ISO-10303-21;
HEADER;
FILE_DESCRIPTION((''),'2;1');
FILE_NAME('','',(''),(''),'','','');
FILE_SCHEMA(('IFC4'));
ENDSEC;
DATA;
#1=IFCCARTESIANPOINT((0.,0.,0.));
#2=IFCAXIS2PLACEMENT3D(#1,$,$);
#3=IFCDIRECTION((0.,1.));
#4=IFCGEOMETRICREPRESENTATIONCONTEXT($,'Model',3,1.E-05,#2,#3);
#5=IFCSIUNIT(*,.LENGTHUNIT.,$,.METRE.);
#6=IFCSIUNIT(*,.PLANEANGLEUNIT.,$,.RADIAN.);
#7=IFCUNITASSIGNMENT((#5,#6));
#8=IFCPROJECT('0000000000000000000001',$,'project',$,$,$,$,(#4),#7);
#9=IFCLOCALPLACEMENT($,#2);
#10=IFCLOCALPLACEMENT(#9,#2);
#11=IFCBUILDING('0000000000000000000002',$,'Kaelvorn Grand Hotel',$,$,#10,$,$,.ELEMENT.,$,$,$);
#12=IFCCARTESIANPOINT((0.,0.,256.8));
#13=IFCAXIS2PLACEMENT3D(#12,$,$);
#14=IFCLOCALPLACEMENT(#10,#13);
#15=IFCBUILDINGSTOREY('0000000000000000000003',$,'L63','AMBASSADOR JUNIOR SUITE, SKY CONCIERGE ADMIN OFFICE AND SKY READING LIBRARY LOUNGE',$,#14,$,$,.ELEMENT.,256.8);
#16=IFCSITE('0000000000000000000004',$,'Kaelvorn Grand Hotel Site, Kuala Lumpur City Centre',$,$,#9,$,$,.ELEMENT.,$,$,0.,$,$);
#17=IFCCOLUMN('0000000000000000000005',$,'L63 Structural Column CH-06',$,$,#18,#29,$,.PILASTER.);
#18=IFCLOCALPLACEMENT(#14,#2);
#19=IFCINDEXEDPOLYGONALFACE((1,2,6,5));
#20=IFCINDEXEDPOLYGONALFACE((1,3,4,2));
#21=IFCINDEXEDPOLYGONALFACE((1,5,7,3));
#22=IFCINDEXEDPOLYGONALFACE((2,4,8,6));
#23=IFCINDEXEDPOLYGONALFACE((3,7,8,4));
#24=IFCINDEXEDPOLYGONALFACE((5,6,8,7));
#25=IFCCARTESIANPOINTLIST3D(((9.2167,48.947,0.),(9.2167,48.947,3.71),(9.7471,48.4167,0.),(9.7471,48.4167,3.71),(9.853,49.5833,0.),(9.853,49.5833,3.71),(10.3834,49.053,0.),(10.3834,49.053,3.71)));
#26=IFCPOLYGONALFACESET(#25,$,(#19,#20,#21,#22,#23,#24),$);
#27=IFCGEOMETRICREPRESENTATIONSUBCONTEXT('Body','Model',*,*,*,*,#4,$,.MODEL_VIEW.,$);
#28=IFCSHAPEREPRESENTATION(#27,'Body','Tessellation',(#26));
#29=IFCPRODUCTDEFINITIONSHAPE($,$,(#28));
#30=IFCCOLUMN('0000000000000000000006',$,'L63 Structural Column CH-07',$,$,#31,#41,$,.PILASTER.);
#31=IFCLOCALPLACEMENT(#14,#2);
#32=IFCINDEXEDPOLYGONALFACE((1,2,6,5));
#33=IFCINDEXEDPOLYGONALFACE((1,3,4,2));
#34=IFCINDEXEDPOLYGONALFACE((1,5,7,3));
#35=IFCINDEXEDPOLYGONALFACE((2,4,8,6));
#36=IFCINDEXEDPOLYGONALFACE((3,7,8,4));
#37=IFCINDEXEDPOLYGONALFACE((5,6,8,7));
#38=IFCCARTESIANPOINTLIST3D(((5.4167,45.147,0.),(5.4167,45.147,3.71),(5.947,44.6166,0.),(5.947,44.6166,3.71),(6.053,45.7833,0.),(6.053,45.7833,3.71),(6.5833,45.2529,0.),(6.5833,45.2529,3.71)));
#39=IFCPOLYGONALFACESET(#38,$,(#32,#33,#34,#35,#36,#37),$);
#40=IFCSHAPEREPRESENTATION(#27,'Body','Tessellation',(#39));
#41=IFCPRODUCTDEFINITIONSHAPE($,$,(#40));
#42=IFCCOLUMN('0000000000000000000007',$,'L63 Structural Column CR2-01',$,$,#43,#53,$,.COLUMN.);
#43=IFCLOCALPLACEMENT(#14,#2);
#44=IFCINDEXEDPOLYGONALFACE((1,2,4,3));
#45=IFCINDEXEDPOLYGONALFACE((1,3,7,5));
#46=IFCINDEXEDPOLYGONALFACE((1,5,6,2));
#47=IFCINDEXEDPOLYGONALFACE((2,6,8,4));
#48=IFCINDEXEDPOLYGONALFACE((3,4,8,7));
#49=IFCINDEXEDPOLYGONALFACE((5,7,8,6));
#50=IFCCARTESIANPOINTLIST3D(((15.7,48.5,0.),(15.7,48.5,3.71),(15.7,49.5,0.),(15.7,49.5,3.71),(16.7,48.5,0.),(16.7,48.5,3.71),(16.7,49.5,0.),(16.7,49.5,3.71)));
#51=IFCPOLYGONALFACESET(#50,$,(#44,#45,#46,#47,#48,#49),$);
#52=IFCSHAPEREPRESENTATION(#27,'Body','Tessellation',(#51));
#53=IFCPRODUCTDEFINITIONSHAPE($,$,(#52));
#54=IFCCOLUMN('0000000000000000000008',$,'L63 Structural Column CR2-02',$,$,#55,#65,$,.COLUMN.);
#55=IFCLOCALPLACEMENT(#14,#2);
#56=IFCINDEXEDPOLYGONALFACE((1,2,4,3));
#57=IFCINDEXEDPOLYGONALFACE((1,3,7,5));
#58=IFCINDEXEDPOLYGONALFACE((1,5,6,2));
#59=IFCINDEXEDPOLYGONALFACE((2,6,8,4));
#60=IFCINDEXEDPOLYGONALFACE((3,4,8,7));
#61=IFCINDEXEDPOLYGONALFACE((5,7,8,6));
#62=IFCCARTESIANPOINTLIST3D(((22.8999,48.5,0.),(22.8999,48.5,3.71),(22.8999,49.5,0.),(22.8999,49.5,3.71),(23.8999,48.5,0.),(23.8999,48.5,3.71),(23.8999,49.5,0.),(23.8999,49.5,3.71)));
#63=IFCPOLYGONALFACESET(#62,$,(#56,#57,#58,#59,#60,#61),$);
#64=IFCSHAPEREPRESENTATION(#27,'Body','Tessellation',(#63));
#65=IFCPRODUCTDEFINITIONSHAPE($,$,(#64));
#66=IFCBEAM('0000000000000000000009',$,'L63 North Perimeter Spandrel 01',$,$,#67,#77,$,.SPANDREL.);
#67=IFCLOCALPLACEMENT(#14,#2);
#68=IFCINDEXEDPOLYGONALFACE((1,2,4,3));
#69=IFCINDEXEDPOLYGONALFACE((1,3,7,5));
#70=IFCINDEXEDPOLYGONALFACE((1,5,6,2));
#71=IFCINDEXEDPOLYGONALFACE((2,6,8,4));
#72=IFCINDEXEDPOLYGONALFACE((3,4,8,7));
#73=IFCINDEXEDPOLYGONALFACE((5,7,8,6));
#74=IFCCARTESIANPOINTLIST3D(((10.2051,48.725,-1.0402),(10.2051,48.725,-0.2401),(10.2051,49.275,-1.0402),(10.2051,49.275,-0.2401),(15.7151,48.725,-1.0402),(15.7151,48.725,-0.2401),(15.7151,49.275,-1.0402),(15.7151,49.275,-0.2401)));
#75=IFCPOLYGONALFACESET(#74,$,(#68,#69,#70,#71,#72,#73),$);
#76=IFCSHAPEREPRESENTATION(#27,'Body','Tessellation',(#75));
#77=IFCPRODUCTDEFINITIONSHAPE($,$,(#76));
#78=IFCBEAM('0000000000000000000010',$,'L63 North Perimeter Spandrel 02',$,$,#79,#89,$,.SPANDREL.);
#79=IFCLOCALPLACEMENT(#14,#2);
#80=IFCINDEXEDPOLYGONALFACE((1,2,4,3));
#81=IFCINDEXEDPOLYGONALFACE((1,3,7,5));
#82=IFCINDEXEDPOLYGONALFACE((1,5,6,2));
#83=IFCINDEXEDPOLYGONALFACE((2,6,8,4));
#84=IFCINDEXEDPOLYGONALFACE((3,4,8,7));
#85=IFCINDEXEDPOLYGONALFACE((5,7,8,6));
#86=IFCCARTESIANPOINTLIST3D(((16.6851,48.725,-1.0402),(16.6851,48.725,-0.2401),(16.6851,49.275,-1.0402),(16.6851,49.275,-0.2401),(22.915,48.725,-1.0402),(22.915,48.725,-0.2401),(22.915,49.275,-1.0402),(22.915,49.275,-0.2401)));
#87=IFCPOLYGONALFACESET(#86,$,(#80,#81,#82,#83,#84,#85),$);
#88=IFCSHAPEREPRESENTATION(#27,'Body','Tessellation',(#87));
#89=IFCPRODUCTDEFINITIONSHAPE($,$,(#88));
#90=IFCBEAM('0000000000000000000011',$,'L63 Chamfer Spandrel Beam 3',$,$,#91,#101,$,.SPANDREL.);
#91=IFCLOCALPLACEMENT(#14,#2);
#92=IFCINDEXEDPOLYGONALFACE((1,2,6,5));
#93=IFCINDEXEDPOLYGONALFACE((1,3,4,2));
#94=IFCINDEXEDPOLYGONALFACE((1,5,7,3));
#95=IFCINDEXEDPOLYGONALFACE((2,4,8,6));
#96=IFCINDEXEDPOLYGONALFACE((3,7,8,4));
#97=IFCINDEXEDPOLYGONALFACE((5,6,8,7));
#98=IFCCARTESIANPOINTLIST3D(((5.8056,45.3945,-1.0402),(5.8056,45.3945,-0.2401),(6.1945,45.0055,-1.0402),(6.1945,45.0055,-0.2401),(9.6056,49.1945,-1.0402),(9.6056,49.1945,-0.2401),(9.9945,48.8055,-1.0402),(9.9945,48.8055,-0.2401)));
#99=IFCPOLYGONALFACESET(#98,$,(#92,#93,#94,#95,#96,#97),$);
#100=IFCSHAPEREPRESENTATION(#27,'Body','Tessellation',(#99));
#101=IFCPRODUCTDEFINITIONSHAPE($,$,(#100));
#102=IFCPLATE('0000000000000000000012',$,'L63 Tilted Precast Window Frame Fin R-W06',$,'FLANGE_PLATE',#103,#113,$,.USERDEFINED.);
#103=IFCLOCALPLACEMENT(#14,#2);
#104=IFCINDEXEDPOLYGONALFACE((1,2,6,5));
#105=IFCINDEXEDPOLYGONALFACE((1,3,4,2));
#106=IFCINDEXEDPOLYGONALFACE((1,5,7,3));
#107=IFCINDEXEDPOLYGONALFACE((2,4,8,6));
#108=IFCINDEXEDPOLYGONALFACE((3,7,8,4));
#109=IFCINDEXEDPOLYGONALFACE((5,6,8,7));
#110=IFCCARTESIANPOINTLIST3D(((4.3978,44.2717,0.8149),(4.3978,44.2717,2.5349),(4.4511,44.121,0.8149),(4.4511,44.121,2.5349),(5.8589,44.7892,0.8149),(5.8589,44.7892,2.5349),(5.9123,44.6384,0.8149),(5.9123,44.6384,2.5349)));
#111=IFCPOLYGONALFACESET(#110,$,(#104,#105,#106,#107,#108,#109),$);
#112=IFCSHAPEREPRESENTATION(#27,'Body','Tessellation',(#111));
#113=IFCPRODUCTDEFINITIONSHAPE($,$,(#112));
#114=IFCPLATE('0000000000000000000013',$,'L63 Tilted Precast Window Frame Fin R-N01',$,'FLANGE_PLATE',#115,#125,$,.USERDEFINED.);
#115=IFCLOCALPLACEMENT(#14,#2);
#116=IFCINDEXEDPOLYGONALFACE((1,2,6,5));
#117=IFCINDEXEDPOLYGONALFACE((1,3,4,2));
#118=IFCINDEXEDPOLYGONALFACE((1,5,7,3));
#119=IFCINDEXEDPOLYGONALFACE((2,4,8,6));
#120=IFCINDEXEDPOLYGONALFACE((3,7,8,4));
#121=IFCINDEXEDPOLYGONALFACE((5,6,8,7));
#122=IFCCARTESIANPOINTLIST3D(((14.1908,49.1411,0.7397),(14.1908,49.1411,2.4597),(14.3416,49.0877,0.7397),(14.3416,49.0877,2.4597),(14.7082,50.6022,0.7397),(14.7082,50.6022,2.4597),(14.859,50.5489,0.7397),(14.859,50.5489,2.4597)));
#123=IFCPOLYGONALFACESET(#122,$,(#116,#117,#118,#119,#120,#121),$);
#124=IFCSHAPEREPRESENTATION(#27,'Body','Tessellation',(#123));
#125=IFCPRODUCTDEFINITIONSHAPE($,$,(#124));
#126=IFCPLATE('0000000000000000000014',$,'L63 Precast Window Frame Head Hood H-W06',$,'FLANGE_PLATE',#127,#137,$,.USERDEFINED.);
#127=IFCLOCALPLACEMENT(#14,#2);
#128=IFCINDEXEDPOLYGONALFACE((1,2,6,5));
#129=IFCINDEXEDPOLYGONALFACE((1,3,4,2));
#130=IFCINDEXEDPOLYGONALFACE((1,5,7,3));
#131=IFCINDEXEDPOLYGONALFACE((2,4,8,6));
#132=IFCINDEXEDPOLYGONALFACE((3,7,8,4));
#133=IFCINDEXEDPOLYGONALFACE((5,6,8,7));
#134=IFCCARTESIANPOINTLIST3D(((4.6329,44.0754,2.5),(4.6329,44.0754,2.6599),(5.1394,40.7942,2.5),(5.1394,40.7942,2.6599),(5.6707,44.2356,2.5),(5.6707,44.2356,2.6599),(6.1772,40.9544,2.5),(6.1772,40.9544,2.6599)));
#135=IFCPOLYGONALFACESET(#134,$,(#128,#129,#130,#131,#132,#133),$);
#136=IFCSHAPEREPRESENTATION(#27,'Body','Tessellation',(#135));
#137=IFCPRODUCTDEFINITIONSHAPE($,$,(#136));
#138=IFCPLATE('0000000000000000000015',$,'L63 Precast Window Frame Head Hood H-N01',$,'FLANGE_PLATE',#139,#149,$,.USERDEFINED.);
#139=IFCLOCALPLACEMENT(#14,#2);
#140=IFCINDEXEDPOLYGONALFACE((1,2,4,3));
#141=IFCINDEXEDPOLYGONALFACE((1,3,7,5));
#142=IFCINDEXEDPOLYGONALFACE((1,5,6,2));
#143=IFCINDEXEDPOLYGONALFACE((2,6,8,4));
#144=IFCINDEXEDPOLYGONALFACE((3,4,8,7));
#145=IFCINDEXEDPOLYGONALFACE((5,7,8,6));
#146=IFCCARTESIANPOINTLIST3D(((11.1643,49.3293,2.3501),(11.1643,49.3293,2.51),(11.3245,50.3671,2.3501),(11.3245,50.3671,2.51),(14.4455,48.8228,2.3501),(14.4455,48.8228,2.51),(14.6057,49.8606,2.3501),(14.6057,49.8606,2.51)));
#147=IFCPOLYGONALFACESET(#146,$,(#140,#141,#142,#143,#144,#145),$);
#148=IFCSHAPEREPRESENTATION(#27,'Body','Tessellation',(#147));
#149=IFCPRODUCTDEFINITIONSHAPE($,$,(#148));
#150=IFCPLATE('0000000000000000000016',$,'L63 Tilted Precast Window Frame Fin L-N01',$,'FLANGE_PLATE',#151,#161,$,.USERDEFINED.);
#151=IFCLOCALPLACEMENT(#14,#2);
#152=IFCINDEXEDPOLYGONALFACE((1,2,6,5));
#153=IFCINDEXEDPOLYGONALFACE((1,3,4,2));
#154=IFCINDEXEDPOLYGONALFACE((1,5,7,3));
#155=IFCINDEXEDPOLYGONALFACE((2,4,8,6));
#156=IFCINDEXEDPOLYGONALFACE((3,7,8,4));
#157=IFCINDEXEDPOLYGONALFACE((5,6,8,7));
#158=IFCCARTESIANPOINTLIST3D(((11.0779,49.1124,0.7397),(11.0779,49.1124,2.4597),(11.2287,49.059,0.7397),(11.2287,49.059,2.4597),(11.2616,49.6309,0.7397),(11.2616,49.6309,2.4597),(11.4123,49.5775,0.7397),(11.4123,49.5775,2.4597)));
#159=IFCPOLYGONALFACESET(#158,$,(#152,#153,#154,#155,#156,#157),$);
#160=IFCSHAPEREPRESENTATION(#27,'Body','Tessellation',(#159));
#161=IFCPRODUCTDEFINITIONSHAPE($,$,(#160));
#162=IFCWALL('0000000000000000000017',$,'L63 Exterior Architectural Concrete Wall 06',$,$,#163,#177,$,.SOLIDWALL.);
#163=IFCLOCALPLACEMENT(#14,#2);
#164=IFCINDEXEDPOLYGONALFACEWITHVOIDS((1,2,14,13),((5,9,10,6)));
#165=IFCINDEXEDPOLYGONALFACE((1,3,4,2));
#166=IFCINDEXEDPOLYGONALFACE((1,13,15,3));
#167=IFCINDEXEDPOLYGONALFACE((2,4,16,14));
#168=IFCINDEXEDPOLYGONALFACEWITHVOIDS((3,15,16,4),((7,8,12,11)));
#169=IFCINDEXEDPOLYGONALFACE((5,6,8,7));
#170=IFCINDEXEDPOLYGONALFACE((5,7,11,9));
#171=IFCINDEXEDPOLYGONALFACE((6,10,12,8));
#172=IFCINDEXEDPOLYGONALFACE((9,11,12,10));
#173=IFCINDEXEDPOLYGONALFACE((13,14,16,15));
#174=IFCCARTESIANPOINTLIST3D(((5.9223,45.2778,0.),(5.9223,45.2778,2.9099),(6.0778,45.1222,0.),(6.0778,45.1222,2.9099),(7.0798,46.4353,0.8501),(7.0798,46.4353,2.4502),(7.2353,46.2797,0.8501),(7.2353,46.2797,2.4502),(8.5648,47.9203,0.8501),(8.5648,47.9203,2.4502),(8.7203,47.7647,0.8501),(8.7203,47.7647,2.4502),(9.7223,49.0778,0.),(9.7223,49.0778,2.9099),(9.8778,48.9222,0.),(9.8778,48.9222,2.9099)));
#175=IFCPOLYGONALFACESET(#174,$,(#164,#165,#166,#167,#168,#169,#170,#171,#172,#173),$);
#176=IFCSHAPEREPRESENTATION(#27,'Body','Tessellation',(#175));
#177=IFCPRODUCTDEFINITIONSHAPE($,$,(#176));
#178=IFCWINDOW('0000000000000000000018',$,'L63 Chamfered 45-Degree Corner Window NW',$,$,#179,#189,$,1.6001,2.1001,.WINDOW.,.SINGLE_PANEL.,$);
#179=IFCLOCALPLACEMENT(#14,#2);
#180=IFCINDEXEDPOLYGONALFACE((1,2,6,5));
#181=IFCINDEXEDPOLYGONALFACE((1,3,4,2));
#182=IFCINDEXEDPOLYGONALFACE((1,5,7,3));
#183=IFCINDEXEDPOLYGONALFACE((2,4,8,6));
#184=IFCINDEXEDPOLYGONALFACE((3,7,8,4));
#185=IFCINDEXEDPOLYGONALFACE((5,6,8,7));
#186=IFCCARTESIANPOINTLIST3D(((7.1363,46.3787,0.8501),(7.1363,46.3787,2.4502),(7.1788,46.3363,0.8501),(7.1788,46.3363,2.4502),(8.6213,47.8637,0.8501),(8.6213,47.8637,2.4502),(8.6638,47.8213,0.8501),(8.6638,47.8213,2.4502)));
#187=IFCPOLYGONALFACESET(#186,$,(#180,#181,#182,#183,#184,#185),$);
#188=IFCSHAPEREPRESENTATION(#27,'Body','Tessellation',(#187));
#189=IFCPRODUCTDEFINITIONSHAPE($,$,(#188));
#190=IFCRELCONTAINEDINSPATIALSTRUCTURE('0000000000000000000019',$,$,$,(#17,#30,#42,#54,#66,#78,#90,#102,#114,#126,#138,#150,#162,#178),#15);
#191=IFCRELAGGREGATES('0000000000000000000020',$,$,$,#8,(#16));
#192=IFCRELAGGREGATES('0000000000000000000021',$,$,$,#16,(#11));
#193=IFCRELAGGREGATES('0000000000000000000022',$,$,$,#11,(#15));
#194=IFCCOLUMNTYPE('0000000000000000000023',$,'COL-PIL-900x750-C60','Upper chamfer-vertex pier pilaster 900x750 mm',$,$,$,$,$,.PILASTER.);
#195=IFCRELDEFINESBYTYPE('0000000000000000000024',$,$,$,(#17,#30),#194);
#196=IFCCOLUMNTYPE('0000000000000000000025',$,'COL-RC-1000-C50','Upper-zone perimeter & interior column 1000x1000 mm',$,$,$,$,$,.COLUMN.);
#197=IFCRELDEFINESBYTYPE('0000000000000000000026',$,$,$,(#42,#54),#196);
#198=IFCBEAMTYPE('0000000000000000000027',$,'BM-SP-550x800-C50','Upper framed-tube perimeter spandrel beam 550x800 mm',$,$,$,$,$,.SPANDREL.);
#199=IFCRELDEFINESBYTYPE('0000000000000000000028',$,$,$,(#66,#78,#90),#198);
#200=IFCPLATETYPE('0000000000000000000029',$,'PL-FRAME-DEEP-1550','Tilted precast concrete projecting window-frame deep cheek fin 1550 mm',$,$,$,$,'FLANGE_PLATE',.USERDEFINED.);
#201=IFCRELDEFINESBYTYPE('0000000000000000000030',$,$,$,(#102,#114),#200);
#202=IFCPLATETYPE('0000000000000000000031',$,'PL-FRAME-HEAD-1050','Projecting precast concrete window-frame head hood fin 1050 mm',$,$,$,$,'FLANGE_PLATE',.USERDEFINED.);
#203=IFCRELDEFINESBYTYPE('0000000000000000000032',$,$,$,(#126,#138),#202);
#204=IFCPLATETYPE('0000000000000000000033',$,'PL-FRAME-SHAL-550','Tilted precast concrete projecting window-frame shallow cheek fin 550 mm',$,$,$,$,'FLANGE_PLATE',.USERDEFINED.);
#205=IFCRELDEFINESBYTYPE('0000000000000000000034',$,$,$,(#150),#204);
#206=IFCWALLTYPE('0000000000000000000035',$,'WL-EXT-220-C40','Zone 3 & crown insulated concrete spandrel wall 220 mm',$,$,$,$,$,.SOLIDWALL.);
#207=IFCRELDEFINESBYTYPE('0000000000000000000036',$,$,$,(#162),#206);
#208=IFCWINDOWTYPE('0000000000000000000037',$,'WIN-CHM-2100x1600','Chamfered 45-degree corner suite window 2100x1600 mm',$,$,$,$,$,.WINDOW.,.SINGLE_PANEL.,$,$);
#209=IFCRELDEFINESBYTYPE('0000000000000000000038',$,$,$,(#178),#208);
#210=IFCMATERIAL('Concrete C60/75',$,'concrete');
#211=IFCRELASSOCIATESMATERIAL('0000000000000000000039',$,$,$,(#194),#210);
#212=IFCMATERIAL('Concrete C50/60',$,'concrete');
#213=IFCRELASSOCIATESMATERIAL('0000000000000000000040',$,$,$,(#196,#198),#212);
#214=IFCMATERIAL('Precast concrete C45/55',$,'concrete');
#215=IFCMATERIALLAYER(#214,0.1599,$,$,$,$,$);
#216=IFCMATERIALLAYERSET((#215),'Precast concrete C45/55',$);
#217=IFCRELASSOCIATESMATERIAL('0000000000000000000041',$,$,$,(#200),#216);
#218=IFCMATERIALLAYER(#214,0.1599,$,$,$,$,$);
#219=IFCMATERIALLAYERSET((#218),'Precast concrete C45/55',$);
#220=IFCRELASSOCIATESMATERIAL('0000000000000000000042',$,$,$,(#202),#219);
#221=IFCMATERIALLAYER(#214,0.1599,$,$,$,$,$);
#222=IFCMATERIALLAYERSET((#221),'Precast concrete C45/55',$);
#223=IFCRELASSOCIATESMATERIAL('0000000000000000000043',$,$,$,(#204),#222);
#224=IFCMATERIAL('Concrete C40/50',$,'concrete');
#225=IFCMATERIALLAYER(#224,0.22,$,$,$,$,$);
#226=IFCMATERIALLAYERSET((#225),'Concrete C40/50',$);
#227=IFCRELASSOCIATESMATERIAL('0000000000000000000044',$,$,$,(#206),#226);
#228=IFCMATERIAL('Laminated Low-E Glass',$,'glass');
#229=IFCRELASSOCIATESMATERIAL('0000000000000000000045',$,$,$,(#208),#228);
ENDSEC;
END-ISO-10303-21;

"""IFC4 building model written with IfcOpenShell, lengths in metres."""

from ifc_helpers import new_model, si_unit, direction, frame, frame_2d, origin, origin_2d, place, context, subcontext, project, spatial, rectangle, extrude, material, layer, layer_set, material_profile, profile_set, type_object, element, fill, save


model = new_model("IFC4")

# Units and contexts
model_context = context("Model", 3, precision=1e-05, world=origin(), true_north=direction((0.0, 1.0)))
body_context = subcontext(model_context, "Body", "Model", "MODEL_VIEW")
ifc_project = project(units=[si_unit("LENGTHUNIT", "METRE"), si_unit("PLANEANGLEUNIT", "RADIAN")], contexts=[model_context])

# Site, building, storey
site_placement = place(None, origin())
site = spatial("IfcSite", under=ifc_project, at=site_placement, Name="Kaelvorn Grand Hotel Site, Kuala Lumpur City Centre", CompositionType="ELEMENT", RefElevation=0.0)
building_placement = place(site_placement, origin())
building = spatial("IfcBuilding", under=site, at=building_placement, Name="Kaelvorn Grand Hotel", CompositionType="ELEMENT")
storey_placement = place(building_placement, frame((0.0, 0.0, 256.8)))
storey = spatial("IfcBuildingStorey", under=building, at=storey_placement, Name="L63", Description="AMBASSADOR JUNIOR SUITE, SKY CONCIERGE ADMIN OFFICE AND SKY READING LIBRARY LOUNGE", CompositionType="ELEMENT", Elevation=256.8)

# Columns
ifc_material_1 = material(Name="Concrete C60/75", Category="concrete")
ifc_material_profile_1 = material_profile(ifc_material_1, rectangle(XDim=0.8999, YDim=0.75, at=origin_2d()), Name="RC PILASTER 900x750")
ifc_profile_set_1 = profile_set([ifc_material_profile_1], Name="Concrete C60/75")
column_type_1 = type_object("IfcColumnType", Name="COL-PIL-900x750-C60", Description="Upper chamfer-vertex pier pilaster 900x750 mm", PredefinedType="PILASTER", material=ifc_profile_set_1)
for number, where, z_axis, x_axis, name in (
    (1, (9.8, 49.0, 0.0), (0.0, 0.0, 1.0), (0.707107, 0.707107, 0.0), "L63 Structural Column CH-06"),
    (2, (6.0, 45.2, 0.0), (0.0, 0.0, 1.0), (0.707107, 0.707107, 0.0), "L63 Structural Column CH-07"),
):
    element("IfcColumn", number, at=place(storey_placement, frame(where, z_axis=z_axis, x_axis=x_axis)), inside=storey, type_object=column_type_1, Name=name, PredefinedType="PILASTER", context=body_context, shape_type="SweptSolid", body=[
        extrude(rectangle(XDim=0.8999, YDim=0.75, at=origin_2d()), origin(), (0.0, 0.0, 1.0), 3.71),
    ])
ifc_material_2 = material(Name="Concrete C50/60", Category="concrete")
ifc_material_profile_2 = material_profile(ifc_material_2, rectangle(XDim=1.0, YDim=1.0, at=origin_2d()), Name="RC COL 1000x1000")
ifc_profile_set_2 = profile_set([ifc_material_profile_2], Name="Concrete C50/60")
column_type_2 = type_object("IfcColumnType", Name="COL-RC-1000-C50", Description="Upper-zone perimeter & interior column 1000x1000 mm", PredefinedType="COLUMN", material=ifc_profile_set_2)
for number, where, z_axis, x_axis, name in (
    (3, (16.2, 49.0, 0.0), (0.0, 0.0, 1.0), (1.0, 0.0, 0.0), "L63 Structural Column CR2-01"),
    (4, (23.3999, 49.0, 0.0), (0.0, 0.0, 1.0), (1.0, 0.0, 0.0), "L63 Structural Column CR2-02"),
):
    element("IfcColumn", number, at=place(storey_placement, frame(where, z_axis=z_axis, x_axis=x_axis)), inside=storey, type_object=column_type_2, Name=name, PredefinedType="COLUMN", context=body_context, shape_type="SweptSolid", body=[
        extrude(rectangle(XDim=1.0, YDim=1.0, at=origin_2d()), origin(), (0.0, 0.0, 1.0), 3.71),
    ])

# Beams
ifc_material_profile_3 = material_profile(ifc_material_2, rectangle(XDim=0.55, YDim=0.8, at=origin_2d()), Name="RC SPANDREL 550x800")
ifc_profile_set_3 = profile_set([ifc_material_profile_3], Name="Concrete C50/60")
beam_type = type_object("IfcBeamType", Name="BM-SP-550x800-C50", Description="Upper framed-tube perimeter spandrel beam 550x800 mm", PredefinedType="SPANDREL", material=ifc_profile_set_3)
beam_1_placement = place(storey_placement, frame((10.2051, 49.0, -0.6401), z_axis=(1.0, 0.0, 0.0), x_axis=(0.0, 1.0, 0.0)))
element("IfcBeam", 5, at=beam_1_placement, inside=storey, type_object=beam_type, Name="L63 North Perimeter Spandrel 01", PredefinedType="SPANDREL", context=body_context, shape_type="SweptSolid", body=[
    extrude(rectangle(XDim=0.55, YDim=0.8, at=origin_2d()), origin(), (0.0, 0.0, 1.0), 5.51),
])
beam_2_placement = place(storey_placement, frame((16.6851, 49.0, -0.6401), z_axis=(1.0, 0.0, 0.0), x_axis=(0.0, 1.0, 0.0)))
element("IfcBeam", 6, at=beam_2_placement, inside=storey, type_object=beam_type, Name="L63 North Perimeter Spandrel 02", PredefinedType="SPANDREL", context=body_context, shape_type="SweptSolid", body=[
    extrude(rectangle(XDim=0.55, YDim=0.8, at=origin_2d()), origin(), (0.0, 0.0, 1.0), 6.23),
])
beam_3_placement = place(storey_placement, frame((9.8, 49.0, -0.6401), z_axis=(-0.707107, -0.707107, 0.0), x_axis=(0.707107, -0.707107, 0.0)))
element("IfcBeam", 7, at=beam_3_placement, inside=storey, type_object=beam_type, Name="L63 Chamfer Spandrel Beam 3", PredefinedType="SPANDREL", context=body_context, shape_type="SweptSolid", body=[
    extrude(rectangle(XDim=0.55, YDim=0.8, at=origin_2d()), origin(), (0.0, 0.0, 1.0), 5.374),
])

# Plates
ifc_material_3 = material(Name="Precast concrete C45/55", Category="concrete")
ifc_layer_1 = layer(ifc_material_3, 0.1599)
ifc_layer_set_1 = layer_set([ifc_layer_1], Name="Precast concrete C45/55")
plate_type_1 = type_object("IfcPlateType", Name="PL-FRAME-DEEP-1550", Description="Tilted precast concrete projecting window-frame deep cheek fin 1550 mm", ElementType="FLANGE_PLATE", PredefinedType="USERDEFINED", material=ifc_layer_set_1)
for number, where, z_axis, x_axis, name in (
    (8, (5.155, 44.4551, 0.8149), (0.0, 0.0, 1.0), (-0.333807, 0.942641, 0.0), "L63 Tilted Precast Window Frame Fin R-W06"),
    (9, (14.5249, 49.845, 0.7397), (0.0, 0.0, 1.0), (0.942641, -0.333807, 0.0), "L63 Tilted Precast Window Frame Fin R-N01"),
):
    element("IfcPlate", number, at=place(storey_placement, frame(where, z_axis=z_axis, x_axis=x_axis)), inside=storey, type_object=plate_type_1, Name=name, ObjectType="FLANGE_PLATE", PredefinedType="USERDEFINED", context=body_context, shape_type="SweptSolid", body=[
        extrude(rectangle(XDim=0.1599, YDim=1.55, at=origin_2d()), origin(), (0.0, 0.0, 1.0), 1.72),
    ])
ifc_layer_2 = layer(ifc_material_3, 0.1599)
ifc_layer_set_2 = layer_set([ifc_layer_2], Name="Precast concrete C45/55")
plate_type_2 = type_object("IfcPlateType", Name="PL-FRAME-HEAD-1050", Description="Projecting precast concrete window-frame head hood fin 1050 mm", ElementType="FLANGE_PLATE", PredefinedType="USERDEFINED", material=ifc_layer_set_2)
for number, where, z_axis, x_axis, name in (
    (10, (5.405, 42.5149, 2.5), (0.0, 0.0, 1.0), (-0.152555, 0.988295, 0.0), "L63 Precast Window Frame Head Hood H-W06"),
    (11, (12.885, 49.595, 2.3501), (0.0, 0.0, 1.0), (0.988295, -0.152555, 0.0), "L63 Precast Window Frame Head Hood H-N01"),
):
    element("IfcPlate", number, at=place(storey_placement, frame(where, z_axis=z_axis, x_axis=x_axis)), inside=storey, type_object=plate_type_2, Name=name, ObjectType="FLANGE_PLATE", PredefinedType="USERDEFINED", context=body_context, shape_type="SweptSolid", body=[
        extrude(rectangle(XDim=3.3201, YDim=1.05, at=origin_2d()), origin(), (0.0, 0.0, 1.0), 0.1599),
    ])
ifc_layer_3 = layer(ifc_material_3, 0.1599)
ifc_layer_set_3 = layer_set([ifc_layer_3], Name="Precast concrete C45/55")
plate_type_3 = type_object("IfcPlateType", Name="PL-FRAME-SHAL-550", Description="Tilted precast concrete projecting window-frame shallow cheek fin 550 mm", ElementType="FLANGE_PLATE", PredefinedType="USERDEFINED", material=ifc_layer_set_3)
plate_placement = place(storey_placement, frame((11.2451, 49.345, 0.7397), z_axis=(0.0, 0.0, 1.0), x_axis=(0.942641, -0.333807, 0.0)))
element("IfcPlate", 12, at=plate_placement, inside=storey, type_object=plate_type_3, Name="L63 Tilted Precast Window Frame Fin L-N01", ObjectType="FLANGE_PLATE", PredefinedType="USERDEFINED", context=body_context, shape_type="SweptSolid", body=[
    extrude(rectangle(XDim=0.1599, YDim=0.55, at=origin_2d()), origin(), (0.0, 0.0, 1.0), 1.72),
])

# Wall, opening, window
ifc_material_4 = material(Name="Concrete C40/50", Category="concrete")
ifc_layer_4 = layer(ifc_material_4, 0.22)
ifc_layer_set_4 = layer_set([ifc_layer_4], Name="Concrete C40/50")
wall_type_1 = type_object("IfcWallType", Name="WL-EXT-220-C40", Description="Zone 3 & crown insulated concrete spandrel wall 220 mm", PredefinedType="SOLIDWALL", material=ifc_layer_set_4)
wall_1_placement = place(storey_placement, frame((9.8, 49.0, 0.0), z_axis=(0.0, 0.0, 1.0), x_axis=(-0.707107, -0.707107, 0.0)))
wall_1 = element("IfcWall", 13, at=wall_1_placement, inside=storey, type_object=wall_type_1, Name="L63 Exterior Architectural Concrete Wall 06", PredefinedType="SOLIDWALL", context=body_context, shape_type="SweptSolid", body=[
    extrude(rectangle(XDim=5.374, YDim=0.22, at=frame_2d((2.687, 0.0))), origin(), (0.0, 0.0, 1.0), 2.9099),
])
opening_1_placement = place(wall_1_placement, frame((1.637, 0.0, 0.8501)))
opening_1 = element("IfcOpeningElement", 14, at=opening_1_placement, cuts=wall_1, PredefinedType="OPENING", context=body_context, shape_type="SweptSolid", body=[
    extrude(rectangle(XDim=2.1001, YDim=1.6001, at=frame_2d((1.05, 0.8))), frame((0.0, 0.1201, 0.0), z_axis=(0.0, -1.0, 0.0), x_axis=(1.0, 0.0, 0.0)), (0.0, 0.0, 1.0), 0.24),
])
ifc_material_5 = material(Name="Laminated Low-E Glass", Category="glass")
window_type_1 = type_object("IfcWindowType", Name="WIN-CHM-2100x1600", Description="Chamfered 45-degree corner suite window 2100x1600 mm", PartitioningType="SINGLE_PANEL", PredefinedType="WINDOW", material=ifc_material_5)
window_1_placement = place(opening_1_placement, origin())
window_1 = element("IfcWindow", 15, at=window_1_placement, inside=storey, type_object=window_type_1, Name="L63 Chamfered 45-Degree Corner Window NW", OverallHeight=1.6001, OverallWidth=2.1001, PartitioningType="SINGLE_PANEL", PredefinedType="WINDOW", context=body_context, shape_type="SweptSolid", body=[
    extrude(rectangle(XDim=2.1001, YDim=1.6001, at=frame_2d((1.05, 0.8))), frame((0.0, 0.03, 0.0), z_axis=(0.0, -1.0, 0.0), x_axis=(1.0, 0.0, 0.0)), (0.0, 0.0, 1.0), 0.0601),
])
fill(opening_1, window_1)

save(model, "model.ifc")
